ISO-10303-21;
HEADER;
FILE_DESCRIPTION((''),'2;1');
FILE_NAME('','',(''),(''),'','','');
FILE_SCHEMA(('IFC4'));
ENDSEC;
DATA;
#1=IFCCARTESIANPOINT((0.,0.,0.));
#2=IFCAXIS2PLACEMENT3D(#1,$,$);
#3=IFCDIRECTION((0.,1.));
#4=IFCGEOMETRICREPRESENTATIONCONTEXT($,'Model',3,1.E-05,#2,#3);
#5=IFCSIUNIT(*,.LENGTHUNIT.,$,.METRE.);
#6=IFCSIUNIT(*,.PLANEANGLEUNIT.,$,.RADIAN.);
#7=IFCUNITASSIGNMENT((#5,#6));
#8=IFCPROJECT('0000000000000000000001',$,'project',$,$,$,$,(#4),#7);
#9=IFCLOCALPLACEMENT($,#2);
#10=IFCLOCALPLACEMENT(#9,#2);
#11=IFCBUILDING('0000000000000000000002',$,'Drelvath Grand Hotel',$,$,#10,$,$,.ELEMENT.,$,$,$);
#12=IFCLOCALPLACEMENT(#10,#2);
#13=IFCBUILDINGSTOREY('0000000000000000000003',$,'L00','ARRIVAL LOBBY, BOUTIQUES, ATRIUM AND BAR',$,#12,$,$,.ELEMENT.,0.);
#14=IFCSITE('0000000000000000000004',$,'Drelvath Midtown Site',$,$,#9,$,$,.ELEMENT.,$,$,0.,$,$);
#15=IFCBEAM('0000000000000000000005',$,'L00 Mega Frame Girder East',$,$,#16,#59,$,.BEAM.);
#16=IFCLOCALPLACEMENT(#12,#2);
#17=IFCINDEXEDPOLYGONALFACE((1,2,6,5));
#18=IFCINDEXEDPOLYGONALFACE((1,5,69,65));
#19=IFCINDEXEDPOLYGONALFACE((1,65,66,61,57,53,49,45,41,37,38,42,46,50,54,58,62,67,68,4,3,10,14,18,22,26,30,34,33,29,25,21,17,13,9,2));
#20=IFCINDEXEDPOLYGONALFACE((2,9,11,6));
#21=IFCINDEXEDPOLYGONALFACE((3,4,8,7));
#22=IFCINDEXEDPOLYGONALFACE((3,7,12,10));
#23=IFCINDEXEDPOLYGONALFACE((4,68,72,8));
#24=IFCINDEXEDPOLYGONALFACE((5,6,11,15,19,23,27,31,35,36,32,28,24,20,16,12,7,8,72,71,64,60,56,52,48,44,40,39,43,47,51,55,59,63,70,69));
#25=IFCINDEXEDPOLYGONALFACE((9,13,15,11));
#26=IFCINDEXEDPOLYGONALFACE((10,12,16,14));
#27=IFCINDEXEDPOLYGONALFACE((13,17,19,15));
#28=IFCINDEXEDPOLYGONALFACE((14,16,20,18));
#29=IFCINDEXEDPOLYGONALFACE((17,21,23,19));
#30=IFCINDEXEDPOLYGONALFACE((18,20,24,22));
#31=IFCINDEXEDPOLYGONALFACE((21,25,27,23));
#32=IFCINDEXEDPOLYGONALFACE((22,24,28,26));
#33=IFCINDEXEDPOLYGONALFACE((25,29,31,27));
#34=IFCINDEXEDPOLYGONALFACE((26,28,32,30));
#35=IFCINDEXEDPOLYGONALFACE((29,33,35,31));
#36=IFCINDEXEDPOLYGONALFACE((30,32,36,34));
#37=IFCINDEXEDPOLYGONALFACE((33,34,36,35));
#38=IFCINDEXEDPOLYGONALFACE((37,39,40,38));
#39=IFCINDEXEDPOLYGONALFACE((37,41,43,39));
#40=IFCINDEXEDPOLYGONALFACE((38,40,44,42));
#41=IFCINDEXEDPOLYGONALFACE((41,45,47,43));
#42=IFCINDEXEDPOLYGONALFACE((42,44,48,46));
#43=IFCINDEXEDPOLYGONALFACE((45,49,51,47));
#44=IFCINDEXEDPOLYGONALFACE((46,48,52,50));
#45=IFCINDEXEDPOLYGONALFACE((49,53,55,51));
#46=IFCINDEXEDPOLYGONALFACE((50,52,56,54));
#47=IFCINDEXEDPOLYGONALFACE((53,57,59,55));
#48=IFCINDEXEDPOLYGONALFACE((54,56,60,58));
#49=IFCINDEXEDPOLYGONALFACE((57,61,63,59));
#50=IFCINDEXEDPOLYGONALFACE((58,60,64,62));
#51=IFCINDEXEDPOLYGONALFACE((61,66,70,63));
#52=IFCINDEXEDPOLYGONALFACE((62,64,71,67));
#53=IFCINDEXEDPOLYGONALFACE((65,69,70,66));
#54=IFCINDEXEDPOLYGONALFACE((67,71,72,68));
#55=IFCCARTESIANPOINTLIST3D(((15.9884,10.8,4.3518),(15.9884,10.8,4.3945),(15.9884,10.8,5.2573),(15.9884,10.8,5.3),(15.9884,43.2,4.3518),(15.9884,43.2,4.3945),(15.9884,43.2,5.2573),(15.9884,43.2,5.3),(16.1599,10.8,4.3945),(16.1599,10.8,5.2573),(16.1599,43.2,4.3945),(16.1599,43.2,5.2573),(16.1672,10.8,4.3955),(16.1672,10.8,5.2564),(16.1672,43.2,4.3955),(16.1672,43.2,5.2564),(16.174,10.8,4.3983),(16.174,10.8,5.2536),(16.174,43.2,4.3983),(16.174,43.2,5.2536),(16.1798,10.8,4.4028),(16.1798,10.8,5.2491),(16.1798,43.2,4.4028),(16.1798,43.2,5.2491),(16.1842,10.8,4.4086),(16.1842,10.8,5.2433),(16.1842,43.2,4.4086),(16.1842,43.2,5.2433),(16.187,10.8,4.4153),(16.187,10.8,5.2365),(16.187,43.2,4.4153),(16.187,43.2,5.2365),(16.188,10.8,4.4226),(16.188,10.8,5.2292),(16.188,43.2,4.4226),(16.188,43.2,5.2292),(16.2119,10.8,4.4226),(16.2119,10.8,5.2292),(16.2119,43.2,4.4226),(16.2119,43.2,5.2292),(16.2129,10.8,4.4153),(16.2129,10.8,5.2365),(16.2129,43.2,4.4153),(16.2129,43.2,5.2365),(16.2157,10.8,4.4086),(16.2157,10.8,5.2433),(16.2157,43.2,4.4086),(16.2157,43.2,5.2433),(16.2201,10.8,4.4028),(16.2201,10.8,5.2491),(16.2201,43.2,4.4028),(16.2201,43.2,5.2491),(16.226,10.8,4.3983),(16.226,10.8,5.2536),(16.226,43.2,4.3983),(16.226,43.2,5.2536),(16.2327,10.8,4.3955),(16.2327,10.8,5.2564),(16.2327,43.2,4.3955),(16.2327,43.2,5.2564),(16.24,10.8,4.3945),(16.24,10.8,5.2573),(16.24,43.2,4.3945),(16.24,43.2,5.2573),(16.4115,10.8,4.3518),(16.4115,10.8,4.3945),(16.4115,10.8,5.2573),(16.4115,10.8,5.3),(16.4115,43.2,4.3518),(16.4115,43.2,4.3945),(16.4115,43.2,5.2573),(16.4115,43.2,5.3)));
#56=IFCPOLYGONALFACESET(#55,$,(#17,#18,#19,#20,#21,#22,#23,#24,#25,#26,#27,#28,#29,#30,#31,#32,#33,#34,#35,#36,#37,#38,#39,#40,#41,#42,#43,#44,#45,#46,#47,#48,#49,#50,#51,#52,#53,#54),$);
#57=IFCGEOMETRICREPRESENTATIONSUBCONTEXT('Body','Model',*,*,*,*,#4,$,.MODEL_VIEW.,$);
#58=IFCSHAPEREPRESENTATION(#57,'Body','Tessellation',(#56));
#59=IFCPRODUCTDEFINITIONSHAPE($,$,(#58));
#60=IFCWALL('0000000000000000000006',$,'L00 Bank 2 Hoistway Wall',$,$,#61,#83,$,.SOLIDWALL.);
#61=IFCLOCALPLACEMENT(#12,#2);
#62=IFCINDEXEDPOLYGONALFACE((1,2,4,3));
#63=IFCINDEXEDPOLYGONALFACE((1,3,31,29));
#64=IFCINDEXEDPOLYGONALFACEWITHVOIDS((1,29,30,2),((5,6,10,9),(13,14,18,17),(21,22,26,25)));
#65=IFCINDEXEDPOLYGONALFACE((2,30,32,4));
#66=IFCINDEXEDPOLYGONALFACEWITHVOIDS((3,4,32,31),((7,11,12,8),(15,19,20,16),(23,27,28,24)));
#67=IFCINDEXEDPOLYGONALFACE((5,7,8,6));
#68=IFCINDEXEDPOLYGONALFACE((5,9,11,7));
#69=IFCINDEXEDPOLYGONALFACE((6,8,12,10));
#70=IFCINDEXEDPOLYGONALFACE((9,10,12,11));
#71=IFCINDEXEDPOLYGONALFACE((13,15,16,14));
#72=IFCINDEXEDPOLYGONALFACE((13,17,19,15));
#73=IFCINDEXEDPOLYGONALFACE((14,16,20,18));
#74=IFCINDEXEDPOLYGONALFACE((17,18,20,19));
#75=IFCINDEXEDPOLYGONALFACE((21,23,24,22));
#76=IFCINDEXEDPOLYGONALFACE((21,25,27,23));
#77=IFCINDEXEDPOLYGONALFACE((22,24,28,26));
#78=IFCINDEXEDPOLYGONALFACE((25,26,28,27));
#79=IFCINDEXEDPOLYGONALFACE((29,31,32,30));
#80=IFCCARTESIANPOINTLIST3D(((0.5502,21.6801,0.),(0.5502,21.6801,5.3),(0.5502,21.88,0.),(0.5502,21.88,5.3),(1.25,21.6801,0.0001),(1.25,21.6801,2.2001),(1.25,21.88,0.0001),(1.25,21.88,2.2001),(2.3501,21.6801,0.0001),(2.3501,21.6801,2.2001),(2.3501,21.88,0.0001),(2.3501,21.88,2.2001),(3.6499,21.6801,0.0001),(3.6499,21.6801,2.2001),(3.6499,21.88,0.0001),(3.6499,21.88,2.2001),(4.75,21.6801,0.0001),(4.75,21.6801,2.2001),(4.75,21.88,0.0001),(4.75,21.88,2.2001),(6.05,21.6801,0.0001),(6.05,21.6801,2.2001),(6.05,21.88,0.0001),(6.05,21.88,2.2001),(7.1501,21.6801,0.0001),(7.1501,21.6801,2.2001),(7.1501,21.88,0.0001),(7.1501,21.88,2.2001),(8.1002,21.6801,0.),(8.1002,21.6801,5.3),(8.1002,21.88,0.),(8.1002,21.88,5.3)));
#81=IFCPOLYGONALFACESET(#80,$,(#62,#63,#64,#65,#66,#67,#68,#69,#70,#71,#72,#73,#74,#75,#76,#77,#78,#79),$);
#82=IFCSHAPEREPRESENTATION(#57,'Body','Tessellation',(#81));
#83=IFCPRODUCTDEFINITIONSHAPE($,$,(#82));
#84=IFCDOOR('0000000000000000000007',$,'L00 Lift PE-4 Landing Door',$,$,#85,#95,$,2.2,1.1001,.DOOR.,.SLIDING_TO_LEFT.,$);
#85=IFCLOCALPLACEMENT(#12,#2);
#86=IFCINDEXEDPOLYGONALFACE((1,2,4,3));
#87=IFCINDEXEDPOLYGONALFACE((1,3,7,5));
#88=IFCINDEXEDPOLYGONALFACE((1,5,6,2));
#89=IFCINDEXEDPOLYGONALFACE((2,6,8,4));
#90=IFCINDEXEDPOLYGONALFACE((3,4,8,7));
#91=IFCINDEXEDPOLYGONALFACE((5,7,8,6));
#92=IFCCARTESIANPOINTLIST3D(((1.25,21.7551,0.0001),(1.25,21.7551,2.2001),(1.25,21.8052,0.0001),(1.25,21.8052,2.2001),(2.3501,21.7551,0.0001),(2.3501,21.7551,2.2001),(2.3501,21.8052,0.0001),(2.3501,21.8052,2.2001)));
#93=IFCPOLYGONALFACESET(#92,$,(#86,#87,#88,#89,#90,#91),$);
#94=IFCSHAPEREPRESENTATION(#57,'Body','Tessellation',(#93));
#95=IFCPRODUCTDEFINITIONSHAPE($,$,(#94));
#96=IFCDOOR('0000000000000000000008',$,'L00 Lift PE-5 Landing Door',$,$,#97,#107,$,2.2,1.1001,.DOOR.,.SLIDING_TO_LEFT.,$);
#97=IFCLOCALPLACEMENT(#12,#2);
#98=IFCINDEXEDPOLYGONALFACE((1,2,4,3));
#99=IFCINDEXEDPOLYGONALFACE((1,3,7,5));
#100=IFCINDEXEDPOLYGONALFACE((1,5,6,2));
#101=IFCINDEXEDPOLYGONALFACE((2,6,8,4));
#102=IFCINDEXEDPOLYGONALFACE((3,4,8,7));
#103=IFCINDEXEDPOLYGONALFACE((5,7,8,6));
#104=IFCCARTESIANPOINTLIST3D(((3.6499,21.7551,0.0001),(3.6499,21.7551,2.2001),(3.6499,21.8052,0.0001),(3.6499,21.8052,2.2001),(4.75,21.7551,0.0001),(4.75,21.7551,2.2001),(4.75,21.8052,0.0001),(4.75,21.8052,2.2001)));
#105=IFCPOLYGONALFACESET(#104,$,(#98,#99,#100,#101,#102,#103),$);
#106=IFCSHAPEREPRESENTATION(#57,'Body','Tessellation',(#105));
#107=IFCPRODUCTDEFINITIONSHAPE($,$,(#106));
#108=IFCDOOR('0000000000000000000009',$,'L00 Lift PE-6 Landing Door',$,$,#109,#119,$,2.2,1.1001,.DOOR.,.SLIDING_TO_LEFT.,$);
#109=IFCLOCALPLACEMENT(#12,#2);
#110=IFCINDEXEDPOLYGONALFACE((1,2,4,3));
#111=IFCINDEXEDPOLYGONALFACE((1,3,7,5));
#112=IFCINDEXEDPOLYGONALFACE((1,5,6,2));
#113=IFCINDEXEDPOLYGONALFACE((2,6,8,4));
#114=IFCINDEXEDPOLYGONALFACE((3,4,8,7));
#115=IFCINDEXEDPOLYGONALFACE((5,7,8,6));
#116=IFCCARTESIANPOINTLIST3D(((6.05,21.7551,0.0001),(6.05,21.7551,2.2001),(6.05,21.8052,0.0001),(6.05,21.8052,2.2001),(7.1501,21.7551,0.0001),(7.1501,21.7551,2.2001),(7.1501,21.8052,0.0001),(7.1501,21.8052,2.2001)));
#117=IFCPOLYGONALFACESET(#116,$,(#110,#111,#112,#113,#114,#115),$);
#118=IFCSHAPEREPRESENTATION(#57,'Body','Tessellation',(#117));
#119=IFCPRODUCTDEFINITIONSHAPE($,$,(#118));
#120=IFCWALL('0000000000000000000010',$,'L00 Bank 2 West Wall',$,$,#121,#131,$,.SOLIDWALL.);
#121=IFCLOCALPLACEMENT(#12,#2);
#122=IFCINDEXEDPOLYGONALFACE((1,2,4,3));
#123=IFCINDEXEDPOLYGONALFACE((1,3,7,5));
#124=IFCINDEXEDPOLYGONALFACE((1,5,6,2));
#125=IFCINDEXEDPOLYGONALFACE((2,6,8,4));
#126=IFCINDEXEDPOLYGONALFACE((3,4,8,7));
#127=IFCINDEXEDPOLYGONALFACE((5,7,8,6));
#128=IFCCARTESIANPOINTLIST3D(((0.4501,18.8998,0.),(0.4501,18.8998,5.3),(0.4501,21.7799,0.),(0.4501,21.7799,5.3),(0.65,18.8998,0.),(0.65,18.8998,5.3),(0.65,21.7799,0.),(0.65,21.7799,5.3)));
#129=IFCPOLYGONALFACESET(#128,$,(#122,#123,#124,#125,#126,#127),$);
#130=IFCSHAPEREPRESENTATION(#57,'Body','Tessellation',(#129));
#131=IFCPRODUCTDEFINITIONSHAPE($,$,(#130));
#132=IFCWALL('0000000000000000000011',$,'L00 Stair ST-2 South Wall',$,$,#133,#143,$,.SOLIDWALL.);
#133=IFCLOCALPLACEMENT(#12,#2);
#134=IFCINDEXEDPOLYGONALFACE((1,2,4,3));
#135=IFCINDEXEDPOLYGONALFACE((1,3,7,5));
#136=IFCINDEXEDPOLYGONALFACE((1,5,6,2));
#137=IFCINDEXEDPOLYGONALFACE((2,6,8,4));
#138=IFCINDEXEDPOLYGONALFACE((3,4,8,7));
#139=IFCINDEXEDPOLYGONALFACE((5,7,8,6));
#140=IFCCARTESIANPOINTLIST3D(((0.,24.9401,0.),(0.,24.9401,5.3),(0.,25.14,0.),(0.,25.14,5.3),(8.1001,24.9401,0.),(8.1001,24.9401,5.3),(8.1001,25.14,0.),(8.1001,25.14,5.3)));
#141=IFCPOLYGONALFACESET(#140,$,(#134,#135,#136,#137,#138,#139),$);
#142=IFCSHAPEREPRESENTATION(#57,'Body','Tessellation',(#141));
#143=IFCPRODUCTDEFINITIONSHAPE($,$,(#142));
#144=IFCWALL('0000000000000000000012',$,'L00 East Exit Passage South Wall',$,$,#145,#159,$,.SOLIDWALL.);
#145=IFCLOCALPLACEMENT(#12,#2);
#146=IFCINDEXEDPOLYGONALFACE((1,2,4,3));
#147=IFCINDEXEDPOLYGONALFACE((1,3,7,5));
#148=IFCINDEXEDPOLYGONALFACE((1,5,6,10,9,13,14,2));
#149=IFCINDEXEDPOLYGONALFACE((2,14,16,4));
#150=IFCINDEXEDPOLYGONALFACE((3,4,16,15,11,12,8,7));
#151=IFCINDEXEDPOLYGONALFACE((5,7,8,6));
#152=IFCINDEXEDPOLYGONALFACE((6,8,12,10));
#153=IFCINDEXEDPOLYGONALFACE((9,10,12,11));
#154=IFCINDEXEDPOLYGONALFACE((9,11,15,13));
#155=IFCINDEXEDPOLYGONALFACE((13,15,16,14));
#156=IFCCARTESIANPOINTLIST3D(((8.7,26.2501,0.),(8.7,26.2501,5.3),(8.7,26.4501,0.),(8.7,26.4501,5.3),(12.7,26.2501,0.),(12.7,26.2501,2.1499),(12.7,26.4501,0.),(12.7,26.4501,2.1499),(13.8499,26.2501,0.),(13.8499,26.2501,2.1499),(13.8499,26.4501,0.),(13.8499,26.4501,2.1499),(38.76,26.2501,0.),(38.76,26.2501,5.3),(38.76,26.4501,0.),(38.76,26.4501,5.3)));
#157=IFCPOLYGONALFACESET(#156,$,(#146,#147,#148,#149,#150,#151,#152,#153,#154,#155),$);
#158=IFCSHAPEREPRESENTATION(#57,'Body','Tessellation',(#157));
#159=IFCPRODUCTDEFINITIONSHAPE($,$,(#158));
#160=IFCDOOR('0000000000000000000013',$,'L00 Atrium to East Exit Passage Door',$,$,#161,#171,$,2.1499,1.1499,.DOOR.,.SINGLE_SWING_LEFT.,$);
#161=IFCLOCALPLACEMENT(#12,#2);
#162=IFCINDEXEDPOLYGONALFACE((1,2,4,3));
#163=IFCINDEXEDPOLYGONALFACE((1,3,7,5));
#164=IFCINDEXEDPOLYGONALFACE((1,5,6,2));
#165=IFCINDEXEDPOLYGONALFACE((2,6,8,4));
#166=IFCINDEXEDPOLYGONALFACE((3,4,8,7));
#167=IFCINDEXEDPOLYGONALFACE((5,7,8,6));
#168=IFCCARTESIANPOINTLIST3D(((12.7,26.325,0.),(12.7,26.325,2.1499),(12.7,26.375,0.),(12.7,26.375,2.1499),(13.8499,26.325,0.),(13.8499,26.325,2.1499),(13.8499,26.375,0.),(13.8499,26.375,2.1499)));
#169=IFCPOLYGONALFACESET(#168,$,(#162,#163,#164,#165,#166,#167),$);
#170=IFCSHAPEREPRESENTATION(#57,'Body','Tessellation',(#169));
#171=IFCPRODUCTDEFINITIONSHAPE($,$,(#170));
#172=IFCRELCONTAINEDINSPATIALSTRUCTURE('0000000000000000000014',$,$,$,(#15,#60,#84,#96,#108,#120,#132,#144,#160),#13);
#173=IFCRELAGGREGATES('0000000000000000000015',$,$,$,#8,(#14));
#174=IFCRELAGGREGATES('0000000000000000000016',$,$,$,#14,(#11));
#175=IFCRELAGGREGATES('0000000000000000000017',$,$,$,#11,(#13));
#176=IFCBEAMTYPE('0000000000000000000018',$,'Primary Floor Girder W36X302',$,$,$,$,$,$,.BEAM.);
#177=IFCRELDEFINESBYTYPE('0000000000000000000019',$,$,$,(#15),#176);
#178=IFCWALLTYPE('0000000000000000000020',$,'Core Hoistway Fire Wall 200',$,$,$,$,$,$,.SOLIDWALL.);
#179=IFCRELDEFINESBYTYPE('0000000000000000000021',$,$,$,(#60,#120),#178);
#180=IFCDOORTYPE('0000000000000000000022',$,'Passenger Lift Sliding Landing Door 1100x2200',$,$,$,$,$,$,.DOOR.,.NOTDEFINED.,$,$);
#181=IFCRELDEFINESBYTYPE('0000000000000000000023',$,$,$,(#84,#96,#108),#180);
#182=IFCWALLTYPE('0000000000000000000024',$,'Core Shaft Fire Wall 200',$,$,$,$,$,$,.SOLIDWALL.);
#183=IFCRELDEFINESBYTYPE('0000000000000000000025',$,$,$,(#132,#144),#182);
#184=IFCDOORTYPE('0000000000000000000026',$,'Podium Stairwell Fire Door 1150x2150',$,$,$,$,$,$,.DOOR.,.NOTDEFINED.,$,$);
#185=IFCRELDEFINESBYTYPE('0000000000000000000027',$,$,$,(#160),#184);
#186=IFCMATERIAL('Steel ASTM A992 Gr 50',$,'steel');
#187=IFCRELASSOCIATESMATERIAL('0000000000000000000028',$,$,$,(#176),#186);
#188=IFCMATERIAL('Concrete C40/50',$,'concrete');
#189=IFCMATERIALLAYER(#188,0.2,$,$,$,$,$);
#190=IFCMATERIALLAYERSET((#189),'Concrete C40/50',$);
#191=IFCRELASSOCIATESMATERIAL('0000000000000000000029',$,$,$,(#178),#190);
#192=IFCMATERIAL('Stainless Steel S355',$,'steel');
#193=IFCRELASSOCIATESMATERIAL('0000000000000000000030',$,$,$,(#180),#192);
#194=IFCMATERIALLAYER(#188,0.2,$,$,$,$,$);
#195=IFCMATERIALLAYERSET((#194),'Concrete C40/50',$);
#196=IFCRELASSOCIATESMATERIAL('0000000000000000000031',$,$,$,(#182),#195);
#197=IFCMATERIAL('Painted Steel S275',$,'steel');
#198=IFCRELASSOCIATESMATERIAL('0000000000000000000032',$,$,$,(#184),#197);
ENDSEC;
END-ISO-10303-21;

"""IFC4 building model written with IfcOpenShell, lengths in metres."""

from ifc_helpers import new_model, si_unit, direction, frame, frame_2d, origin, origin_2d, place, context, subcontext, project, spatial, rectangle, i_section, extrude, material, layer, layer_set, material_profile, profile_set, type_object, element, fill, save


model = new_model("IFC4")

# Units and contexts
model_context = context("Model", 3, precision=1e-05, world=origin(), true_north=direction((0.0, 1.0)))
body_context = subcontext(model_context, "Body", "Model", "MODEL_VIEW")
ifc_project = project(units=[si_unit("LENGTHUNIT", "METRE"), si_unit("PLANEANGLEUNIT", "RADIAN")], contexts=[model_context])

# Site, building, storey
site_placement = place(None, origin())
site = spatial("IfcSite", under=ifc_project, at=site_placement, Name="Drelvath Midtown Site", CompositionType="ELEMENT", RefElevation=0.0)
building_placement = place(site_placement, origin())
building = spatial("IfcBuilding", under=site, at=building_placement, Name="Drelvath Grand Hotel", CompositionType="ELEMENT")
storey_placement = place(building_placement, origin())
storey = spatial("IfcBuildingStorey", under=building, at=storey_placement, Name="L00", Description="ARRIVAL LOBBY, BOUTIQUES, ATRIUM AND BAR", CompositionType="ELEMENT", Elevation=0.0)

# Beam
ifc_material_1 = material(Name="Steel ASTM A992 Gr 50", Category="steel")
ifc_material_profile_1 = material_profile(ifc_material_1, i_section(OverallWidth=0.4231, OverallDepth=0.9482, WebThickness=0.0239, FlangeThickness=0.0427, FilletRadius=0.0281, at=origin_2d()), Name="W36X302")
ifc_profile_set_1 = profile_set([ifc_material_profile_1], Name="Steel ASTM A992 Gr 50")
beam_type_1 = type_object("IfcBeamType", Name="Primary Floor Girder W36X302", PredefinedType="BEAM", material=ifc_profile_set_1)
beam_1_placement = place(storey_placement, frame((16.2, 10.8, 4.8259), z_axis=(0.0, 1.0, 0.0), x_axis=(-1.0, 0.0, 0.0)))
element("IfcBeam", 1, at=beam_1_placement, inside=storey, type_object=beam_type_1, Name="L00 Mega Frame Girder East", PredefinedType="BEAM", context=body_context, shape_type="SweptSolid", body=[
    extrude(i_section(OverallWidth=0.4231, OverallDepth=0.9482, WebThickness=0.0239, FlangeThickness=0.0427, FilletRadius=0.0281, at=origin_2d()), origin(), (0.0, 0.0, 1.0), 32.3999),
])

# Wall, openings, doors
ifc_material_2 = material(Name="Concrete C40/50", Category="concrete")
ifc_layer_1 = layer(ifc_material_2, 0.2)
ifc_layer_set_1 = layer_set([ifc_layer_1], Name="Concrete C40/50")
wall_type_1 = type_object("IfcWallType", Name="Core Hoistway Fire Wall 200", PredefinedType="SOLIDWALL", material=ifc_layer_set_1)
wall_1_placement = place(storey_placement, frame((8.1001, 21.78, 0.0), z_axis=(0.0, 0.0, 1.0), x_axis=(-1.0, 0.0, 0.0)))
wall_1 = element("IfcWall", 2, at=wall_1_placement, inside=storey, type_object=wall_type_1, Name="L00 Bank 2 Hoistway Wall", PredefinedType="SOLIDWALL", context=body_context, shape_type="SweptSolid", body=[
    extrude(rectangle(XDim=7.55, YDim=0.2, at=frame_2d((3.7749, 0.0))), origin(), (0.0, 0.0, 1.0), 5.3),
])
opening_1_placement = place(wall_1_placement, frame((5.75, 0.0, 0.0)))
opening_1 = element("IfcOpeningElement", 3, at=opening_1_placement, cuts=wall_1, PredefinedType="OPENING", context=body_context, shape_type="SweptSolid", body=[
    extrude(rectangle(XDim=1.1001, YDim=2.2, at=frame_2d((0.55, 1.1001))), frame((0.0, 0.1099, 0.0), z_axis=(0.0, -1.0, 0.0), x_axis=(1.0, 0.0, 0.0)), (0.0, 0.0, 1.0), 0.22),
])
opening_2_placement = place(wall_1_placement, frame((3.3501, 0.0, 0.0)))
opening_2 = element("IfcOpeningElement", 4, at=opening_2_placement, cuts=wall_1, PredefinedType="OPENING", context=body_context, shape_type="SweptSolid", body=[
    extrude(rectangle(XDim=1.1001, YDim=2.2, at=frame_2d((0.55, 1.1001))), frame((0.0, 0.1099, 0.0), z_axis=(0.0, -1.0, 0.0), x_axis=(1.0, 0.0, 0.0)), (0.0, 0.0, 1.0), 0.22),
])
opening_3_placement = place(wall_1_placement, frame((0.95, 0.0, 0.0)))
opening_3 = element("IfcOpeningElement", 5, at=opening_3_placement, cuts=wall_1, PredefinedType="OPENING", context=body_context, shape_type="SweptSolid", body=[
    extrude(rectangle(XDim=1.1001, YDim=2.2, at=frame_2d((0.55, 1.1001))), frame((0.0, 0.1099, 0.0), z_axis=(0.0, -1.0, 0.0), x_axis=(1.0, 0.0, 0.0)), (0.0, 0.0, 1.0), 0.22),
])
ifc_material_3 = material(Name="Stainless Steel S355", Category="steel")
door_type_1 = type_object("IfcDoorType", Name="Passenger Lift Sliding Landing Door 1100x2200", OperationType="NOTDEFINED", PredefinedType="DOOR", material=ifc_material_3)
door_1_placement = place(opening_1_placement, origin())
door_1 = element("IfcDoor", 6, at=door_1_placement, inside=storey, type_object=door_type_1, Name="L00 Lift PE-4 Landing Door", OperationType="SLIDING_TO_LEFT", OverallHeight=2.2, OverallWidth=1.1001, PredefinedType="DOOR", context=body_context, shape_type="SweptSolid", body=[
    extrude(rectangle(XDim=1.1001, YDim=2.2, at=frame_2d((0.55, 1.1001))), frame((0.0, 0.0249, 0.0), z_axis=(0.0, -1.0, 0.0), x_axis=(1.0, 0.0, 0.0)), (0.0, 0.0, 1.0), 0.05),
])
fill(opening_1, door_1)
door_2_placement = place(opening_2_placement, origin())
door_2 = element("IfcDoor", 7, at=door_2_placement, inside=storey, type_object=door_type_1, Name="L00 Lift PE-5 Landing Door", OperationType="SLIDING_TO_LEFT", OverallHeight=2.2, OverallWidth=1.1001, PredefinedType="DOOR", context=body_context, shape_type="SweptSolid", body=[
    extrude(rectangle(XDim=1.1001, YDim=2.2, at=frame_2d((0.55, 1.1001))), frame((0.0, 0.0249, 0.0), z_axis=(0.0, -1.0, 0.0), x_axis=(1.0, 0.0, 0.0)), (0.0, 0.0, 1.0), 0.05),
])
fill(opening_2, door_2)
door_3_placement = place(opening_3_placement, origin())
door_3 = element("IfcDoor", 8, at=door_3_placement, inside=storey, type_object=door_type_1, Name="L00 Lift PE-6 Landing Door", OperationType="SLIDING_TO_LEFT", OverallHeight=2.2, OverallWidth=1.1001, PredefinedType="DOOR", context=body_context, shape_type="SweptSolid", body=[
    extrude(rectangle(XDim=1.1001, YDim=2.2, at=frame_2d((0.55, 1.1001))), frame((0.0, 0.0249, 0.0), z_axis=(0.0, -1.0, 0.0), x_axis=(1.0, 0.0, 0.0)), (0.0, 0.0, 1.0), 0.05),
])
fill(opening_3, door_3)

# Walls
wall_2_placement = place(storey_placement, frame((0.55, 18.8999, 0.0), z_axis=(0.0, 0.0, 1.0), x_axis=(0.0, 1.0, 0.0)))
element("IfcWall", 9, at=wall_2_placement, inside=storey, type_object=wall_type_1, Name="L00 Bank 2 West Wall", PredefinedType="SOLIDWALL", context=body_context, shape_type="SweptSolid", body=[
    extrude(rectangle(XDim=2.8801, YDim=0.2, at=frame_2d((1.4399, 0.0))), origin(), (0.0, 0.0, 1.0), 5.3),
])
ifc_layer_2 = layer(ifc_material_2, 0.2)
ifc_layer_set_2 = layer_set([ifc_layer_2], Name="Concrete C40/50")
wall_type_2 = type_object("IfcWallType", Name="Core Shaft Fire Wall 200", PredefinedType="SOLIDWALL", material=ifc_layer_set_2)
wall_3_placement = place(storey_placement, frame((0.0, 25.04, 0.0), z_axis=(0.0, 0.0, 1.0), x_axis=(1.0, 0.0, 0.0)))
element("IfcWall", 10, at=wall_3_placement, inside=storey, type_object=wall_type_2, Name="L00 Stair ST-2 South Wall", PredefinedType="SOLIDWALL", context=body_context, shape_type="SweptSolid", body=[
    extrude(rectangle(XDim=8.1001, YDim=0.2, at=frame_2d((4.05, 0.0))), origin(), (0.0, 0.0, 1.0), 5.3),
])

# Wall, opening, door
wall_4_placement = place(storey_placement, frame((8.7, 26.3501, 0.0), z_axis=(0.0, 0.0, 1.0), x_axis=(1.0, 0.0, 0.0)))
wall_4 = element("IfcWall", 11, at=wall_4_placement, inside=storey, type_object=wall_type_2, Name="L00 East Exit Passage South Wall", PredefinedType="SOLIDWALL", context=body_context, shape_type="SweptSolid", body=[
    extrude(rectangle(XDim=30.0601, YDim=0.2, at=frame_2d((15.03, 0.0))), origin(), (0.0, 0.0, 1.0), 5.3),
])
opening_4_placement = place(wall_4_placement, frame((4.0, 0.0, 0.0)))
opening_4 = element("IfcOpeningElement", 12, at=opening_4_placement, cuts=wall_4, PredefinedType="OPENING", context=body_context, shape_type="SweptSolid", body=[
    extrude(rectangle(XDim=1.1499, YDim=2.1499, at=frame_2d((0.575, 1.075))), frame((0.0, 0.1099, 0.0), z_axis=(0.0, -1.0, 0.0), x_axis=(1.0, 0.0, 0.0)), (0.0, 0.0, 1.0), 0.22),
])
ifc_material_4 = material(Name="Painted Steel S275", Category="steel")
door_type_2 = type_object("IfcDoorType", Name="Podium Stairwell Fire Door 1150x2150", OperationType="NOTDEFINED", PredefinedType="DOOR", material=ifc_material_4)
door_4_placement = place(opening_4_placement, origin())
door_4 = element("IfcDoor", 13, at=door_4_placement, inside=storey, type_object=door_type_2, Name="L00 Atrium to East Exit Passage Door", OperationType="SINGLE_SWING_LEFT", OverallHeight=2.1499, OverallWidth=1.1499, PredefinedType="DOOR", context=body_context, shape_type="SweptSolid", body=[
    extrude(rectangle(XDim=1.1499, YDim=2.1499, at=frame_2d((0.575, 1.075))), frame((0.0, 0.0249, 0.0), z_axis=(0.0, -1.0, 0.0), x_axis=(1.0, 0.0, 0.0)), (0.0, 0.0, 1.0), 0.05),
])
fill(opening_4, door_4)

save(model, "model.ifc")
